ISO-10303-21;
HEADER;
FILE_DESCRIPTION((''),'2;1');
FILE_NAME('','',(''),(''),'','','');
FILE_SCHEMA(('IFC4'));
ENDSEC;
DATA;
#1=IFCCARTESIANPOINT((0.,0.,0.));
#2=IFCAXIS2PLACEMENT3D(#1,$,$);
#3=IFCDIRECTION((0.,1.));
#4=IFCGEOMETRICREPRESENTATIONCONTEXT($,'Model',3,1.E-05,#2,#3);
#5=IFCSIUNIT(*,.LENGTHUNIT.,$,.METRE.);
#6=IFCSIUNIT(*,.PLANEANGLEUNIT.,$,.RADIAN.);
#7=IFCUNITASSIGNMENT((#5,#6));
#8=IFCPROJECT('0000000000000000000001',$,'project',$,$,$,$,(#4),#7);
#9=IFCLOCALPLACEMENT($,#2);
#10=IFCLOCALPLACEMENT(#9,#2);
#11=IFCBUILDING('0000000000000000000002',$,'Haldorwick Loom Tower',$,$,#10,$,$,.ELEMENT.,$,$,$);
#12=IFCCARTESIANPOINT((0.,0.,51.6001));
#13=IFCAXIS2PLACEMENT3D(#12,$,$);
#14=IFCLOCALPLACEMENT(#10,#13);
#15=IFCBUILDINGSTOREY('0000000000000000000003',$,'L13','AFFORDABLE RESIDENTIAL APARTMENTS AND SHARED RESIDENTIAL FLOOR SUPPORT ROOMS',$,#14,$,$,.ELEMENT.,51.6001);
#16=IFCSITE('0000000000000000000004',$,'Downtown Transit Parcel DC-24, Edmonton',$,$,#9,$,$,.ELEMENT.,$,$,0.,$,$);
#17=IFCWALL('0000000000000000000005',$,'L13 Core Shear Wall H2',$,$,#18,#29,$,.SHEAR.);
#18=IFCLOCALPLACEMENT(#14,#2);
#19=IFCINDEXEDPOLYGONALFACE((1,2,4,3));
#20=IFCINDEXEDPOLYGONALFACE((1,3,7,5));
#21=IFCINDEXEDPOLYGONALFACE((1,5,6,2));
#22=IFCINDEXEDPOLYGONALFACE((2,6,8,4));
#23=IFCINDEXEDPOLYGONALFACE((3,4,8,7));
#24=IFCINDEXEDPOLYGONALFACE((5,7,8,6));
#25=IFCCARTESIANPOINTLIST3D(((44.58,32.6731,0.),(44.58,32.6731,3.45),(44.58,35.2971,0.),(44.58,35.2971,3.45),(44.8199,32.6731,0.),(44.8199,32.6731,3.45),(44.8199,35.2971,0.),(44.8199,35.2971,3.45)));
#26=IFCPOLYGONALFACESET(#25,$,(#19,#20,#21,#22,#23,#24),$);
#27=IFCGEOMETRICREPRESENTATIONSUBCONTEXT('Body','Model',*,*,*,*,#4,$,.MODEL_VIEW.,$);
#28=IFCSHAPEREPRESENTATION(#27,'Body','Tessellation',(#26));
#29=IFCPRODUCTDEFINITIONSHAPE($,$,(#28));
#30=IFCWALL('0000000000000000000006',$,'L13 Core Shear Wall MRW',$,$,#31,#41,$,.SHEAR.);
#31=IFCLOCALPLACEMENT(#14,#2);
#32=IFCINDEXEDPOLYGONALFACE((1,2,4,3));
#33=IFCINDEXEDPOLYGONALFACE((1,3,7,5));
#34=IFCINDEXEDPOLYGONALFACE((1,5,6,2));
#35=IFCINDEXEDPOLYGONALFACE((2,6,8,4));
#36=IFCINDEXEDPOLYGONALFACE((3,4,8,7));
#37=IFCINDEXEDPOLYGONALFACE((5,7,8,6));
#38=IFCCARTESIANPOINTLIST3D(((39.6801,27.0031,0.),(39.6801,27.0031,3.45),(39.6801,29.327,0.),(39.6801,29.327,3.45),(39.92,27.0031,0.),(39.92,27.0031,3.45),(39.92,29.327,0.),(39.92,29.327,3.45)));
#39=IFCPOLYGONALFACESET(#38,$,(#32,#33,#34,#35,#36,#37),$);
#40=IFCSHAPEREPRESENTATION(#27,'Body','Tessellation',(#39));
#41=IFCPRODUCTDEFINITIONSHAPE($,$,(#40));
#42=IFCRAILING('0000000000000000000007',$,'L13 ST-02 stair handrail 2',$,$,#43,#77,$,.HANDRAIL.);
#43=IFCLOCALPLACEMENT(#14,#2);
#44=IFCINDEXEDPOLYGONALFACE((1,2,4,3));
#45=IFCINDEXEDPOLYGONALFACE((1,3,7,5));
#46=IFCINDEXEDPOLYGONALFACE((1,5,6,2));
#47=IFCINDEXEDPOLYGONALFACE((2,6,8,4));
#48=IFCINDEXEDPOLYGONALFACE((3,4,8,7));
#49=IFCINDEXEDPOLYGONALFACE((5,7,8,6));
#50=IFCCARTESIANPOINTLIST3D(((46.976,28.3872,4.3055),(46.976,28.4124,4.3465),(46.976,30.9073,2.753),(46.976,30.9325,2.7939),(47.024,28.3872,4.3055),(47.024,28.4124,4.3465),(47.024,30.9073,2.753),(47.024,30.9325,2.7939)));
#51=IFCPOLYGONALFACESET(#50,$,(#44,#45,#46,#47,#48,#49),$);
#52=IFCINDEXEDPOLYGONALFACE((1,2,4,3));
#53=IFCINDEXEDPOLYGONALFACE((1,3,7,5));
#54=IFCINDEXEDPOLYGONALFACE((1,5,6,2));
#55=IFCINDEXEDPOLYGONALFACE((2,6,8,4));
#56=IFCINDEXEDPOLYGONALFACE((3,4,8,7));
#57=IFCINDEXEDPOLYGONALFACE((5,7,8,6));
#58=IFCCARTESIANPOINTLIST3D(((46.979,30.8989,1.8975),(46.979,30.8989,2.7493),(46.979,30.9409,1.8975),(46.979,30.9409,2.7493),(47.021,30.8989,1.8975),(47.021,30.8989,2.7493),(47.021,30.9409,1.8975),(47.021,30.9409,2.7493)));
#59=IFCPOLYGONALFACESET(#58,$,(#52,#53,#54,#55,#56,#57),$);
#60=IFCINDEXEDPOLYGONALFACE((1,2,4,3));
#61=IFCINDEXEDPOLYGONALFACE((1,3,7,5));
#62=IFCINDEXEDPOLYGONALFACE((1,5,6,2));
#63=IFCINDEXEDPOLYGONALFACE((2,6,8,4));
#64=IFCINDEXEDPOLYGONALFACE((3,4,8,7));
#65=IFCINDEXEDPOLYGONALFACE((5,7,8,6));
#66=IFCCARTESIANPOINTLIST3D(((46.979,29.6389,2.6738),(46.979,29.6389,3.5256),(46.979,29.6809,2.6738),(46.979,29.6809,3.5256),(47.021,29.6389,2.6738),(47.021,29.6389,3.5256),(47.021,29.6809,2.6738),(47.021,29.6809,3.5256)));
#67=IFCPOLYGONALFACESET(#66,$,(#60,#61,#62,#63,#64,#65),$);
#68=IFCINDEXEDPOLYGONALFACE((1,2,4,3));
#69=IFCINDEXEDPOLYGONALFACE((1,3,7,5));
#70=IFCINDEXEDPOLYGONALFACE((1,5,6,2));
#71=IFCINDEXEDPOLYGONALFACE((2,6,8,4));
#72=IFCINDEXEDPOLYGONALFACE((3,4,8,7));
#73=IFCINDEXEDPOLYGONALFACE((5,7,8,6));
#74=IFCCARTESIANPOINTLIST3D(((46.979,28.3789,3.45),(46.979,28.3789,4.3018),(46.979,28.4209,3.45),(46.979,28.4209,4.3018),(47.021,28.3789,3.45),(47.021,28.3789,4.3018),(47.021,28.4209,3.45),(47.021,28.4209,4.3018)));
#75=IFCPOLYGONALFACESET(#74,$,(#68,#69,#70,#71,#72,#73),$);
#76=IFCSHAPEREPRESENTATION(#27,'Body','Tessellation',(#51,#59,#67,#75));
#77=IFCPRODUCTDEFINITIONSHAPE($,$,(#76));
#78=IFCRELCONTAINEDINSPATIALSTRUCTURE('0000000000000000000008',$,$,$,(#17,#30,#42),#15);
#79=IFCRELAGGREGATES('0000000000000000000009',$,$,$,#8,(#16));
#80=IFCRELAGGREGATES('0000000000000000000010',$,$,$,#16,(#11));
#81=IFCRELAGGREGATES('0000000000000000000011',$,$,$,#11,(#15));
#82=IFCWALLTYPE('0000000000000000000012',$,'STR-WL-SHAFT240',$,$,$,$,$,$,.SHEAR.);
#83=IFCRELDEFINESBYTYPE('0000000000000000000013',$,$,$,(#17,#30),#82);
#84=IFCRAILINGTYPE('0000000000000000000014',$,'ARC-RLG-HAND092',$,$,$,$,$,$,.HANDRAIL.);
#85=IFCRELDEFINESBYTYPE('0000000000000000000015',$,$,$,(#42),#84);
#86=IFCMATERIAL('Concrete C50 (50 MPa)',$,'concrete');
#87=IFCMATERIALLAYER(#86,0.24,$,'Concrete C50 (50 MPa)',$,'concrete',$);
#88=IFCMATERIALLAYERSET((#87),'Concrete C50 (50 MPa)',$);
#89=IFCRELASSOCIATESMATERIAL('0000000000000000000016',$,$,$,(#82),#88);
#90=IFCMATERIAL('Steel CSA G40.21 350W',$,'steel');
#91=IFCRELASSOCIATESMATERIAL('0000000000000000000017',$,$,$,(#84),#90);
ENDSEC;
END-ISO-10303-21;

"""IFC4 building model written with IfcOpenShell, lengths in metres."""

from ifc_helpers import new_model, si_unit, direction, frame, frame_2d, origin, origin_2d, place, context, subcontext, project, spatial, rectangle, extrude, material, layer, layer_set, type_object, element, save


model = new_model("IFC4")

# Units and contexts
model_context = context("Model", 3, precision=1e-05, world=origin(), true_north=direction((0.0, 1.0)))
body_context = subcontext(model_context, "Body", "Model", "MODEL_VIEW")
ifc_project = project(units=[si_unit("LENGTHUNIT", "METRE"), si_unit("PLANEANGLEUNIT", "RADIAN")], contexts=[model_context])

# Site, building, storey
site_placement = place(None, origin())
site = spatial("IfcSite", under=ifc_project, at=site_placement, Name="Downtown Transit Parcel DC-24, Edmonton", CompositionType="ELEMENT", RefElevation=0.0)
building_placement = place(site_placement, origin())
building = spatial("IfcBuilding", under=site, at=building_placement, Name="Haldorwick Loom Tower", CompositionType="ELEMENT")
storey_placement = place(building_placement, frame((0.0, 0.0, 51.6001)))
storey = spatial("IfcBuildingStorey", under=building, at=storey_placement, Name="L13", Description="AFFORDABLE RESIDENTIAL APARTMENTS AND SHARED RESIDENTIAL FLOOR SUPPORT ROOMS", CompositionType="ELEMENT", Elevation=51.6001)

# Shared definitions
ifc_material_1 = material(Name="Steel CSA G40.21 350W", Category="steel")

# Shared definitions
ifc_material_2 = material(Name="Concrete C50 (50 MPa)", Category="concrete")
ifc_layer_1 = layer(ifc_material_2, 0.24, Name="Concrete C50 (50 MPa)", Category="concrete")
ifc_layer_set_1 = layer_set([ifc_layer_1], Name="Concrete C50 (50 MPa)")
wall_type_1 = type_object("IfcWallType", Name="STR-WL-SHAFT240", PredefinedType="SHEAR", material=ifc_layer_set_1)

# Walls
for number, where, z_axis, x_axis, name in (
    (1, (44.7, 32.6731, 0.0), (0.0, 0.0, 1.0), (0.0, 1.0, 0.0), "L13 Core Shear Wall H2"),
):
    element("IfcWall", number, at=place(storey_placement, frame(where, z_axis=z_axis, x_axis=x_axis)), inside=storey, type_object=wall_type_1, Name=name, PredefinedType="SHEAR", context=body_context, shape_type="SweptSolid", body=[
        extrude(rectangle(XDim=2.624, YDim=0.24, at=frame_2d((1.312, 0.0))), origin(), (0.0, 0.0, 1.0), 3.45),
    ])
wall_1_placement = place(storey_placement, frame((39.8, 27.0029, 0.0), z_axis=(0.0, 0.0, 1.0), x_axis=(0.0, 1.0, 0.0)))
element("IfcWall", 2, at=wall_1_placement, inside=storey, type_object=wall_type_1, Name="L13 Core Shear Wall MRW", PredefinedType="SHEAR", context=body_context, shape_type="SweptSolid", body=[
    extrude(rectangle(XDim=2.324, YDim=0.24, at=frame_2d((1.1621, 0.0))), origin(), (0.0, 0.0, 1.0), 3.45),
])

# Railing
railing_type = type_object("IfcRailingType", Name="ARC-RLG-HAND092", PredefinedType="HANDRAIL", material=ifc_material_1)
railing_placement = place(storey_placement, frame((47.0, 30.9199, 1.8975)))
element("IfcRailing", 3, at=railing_placement, inside=storey, type_object=railing_type, Name="L13 ST-02 stair handrail 2", PredefinedType="HANDRAIL", context=body_context, shape_type="SweptSolid", body=[
    extrude(rectangle(XDim=0.0481, YDim=0.0481, at=origin_2d()), frame((0.0, 0.0, 0.876), z_axis=(0.0, -0.8514, 0.524516), x_axis=(1.0, 0.0, 0.0)), (0.0, 0.0, 1.0), 2.96),
    extrude(rectangle(XDim=0.042, YDim=0.042, at=origin_2d()), origin(), (0.0, 0.0, 1.0), 0.8518),
    extrude(rectangle(XDim=0.042, YDim=0.042, at=origin_2d()), frame((0.0, -1.26, 0.7764)), (0.0, 0.0, 1.0), 0.8518),
    extrude(rectangle(XDim=0.042, YDim=0.042, at=origin_2d()), frame((0.0, -2.52, 1.5525)), (0.0, 0.0, 1.0), 0.8518),
])

save(model, "model.ifc")
